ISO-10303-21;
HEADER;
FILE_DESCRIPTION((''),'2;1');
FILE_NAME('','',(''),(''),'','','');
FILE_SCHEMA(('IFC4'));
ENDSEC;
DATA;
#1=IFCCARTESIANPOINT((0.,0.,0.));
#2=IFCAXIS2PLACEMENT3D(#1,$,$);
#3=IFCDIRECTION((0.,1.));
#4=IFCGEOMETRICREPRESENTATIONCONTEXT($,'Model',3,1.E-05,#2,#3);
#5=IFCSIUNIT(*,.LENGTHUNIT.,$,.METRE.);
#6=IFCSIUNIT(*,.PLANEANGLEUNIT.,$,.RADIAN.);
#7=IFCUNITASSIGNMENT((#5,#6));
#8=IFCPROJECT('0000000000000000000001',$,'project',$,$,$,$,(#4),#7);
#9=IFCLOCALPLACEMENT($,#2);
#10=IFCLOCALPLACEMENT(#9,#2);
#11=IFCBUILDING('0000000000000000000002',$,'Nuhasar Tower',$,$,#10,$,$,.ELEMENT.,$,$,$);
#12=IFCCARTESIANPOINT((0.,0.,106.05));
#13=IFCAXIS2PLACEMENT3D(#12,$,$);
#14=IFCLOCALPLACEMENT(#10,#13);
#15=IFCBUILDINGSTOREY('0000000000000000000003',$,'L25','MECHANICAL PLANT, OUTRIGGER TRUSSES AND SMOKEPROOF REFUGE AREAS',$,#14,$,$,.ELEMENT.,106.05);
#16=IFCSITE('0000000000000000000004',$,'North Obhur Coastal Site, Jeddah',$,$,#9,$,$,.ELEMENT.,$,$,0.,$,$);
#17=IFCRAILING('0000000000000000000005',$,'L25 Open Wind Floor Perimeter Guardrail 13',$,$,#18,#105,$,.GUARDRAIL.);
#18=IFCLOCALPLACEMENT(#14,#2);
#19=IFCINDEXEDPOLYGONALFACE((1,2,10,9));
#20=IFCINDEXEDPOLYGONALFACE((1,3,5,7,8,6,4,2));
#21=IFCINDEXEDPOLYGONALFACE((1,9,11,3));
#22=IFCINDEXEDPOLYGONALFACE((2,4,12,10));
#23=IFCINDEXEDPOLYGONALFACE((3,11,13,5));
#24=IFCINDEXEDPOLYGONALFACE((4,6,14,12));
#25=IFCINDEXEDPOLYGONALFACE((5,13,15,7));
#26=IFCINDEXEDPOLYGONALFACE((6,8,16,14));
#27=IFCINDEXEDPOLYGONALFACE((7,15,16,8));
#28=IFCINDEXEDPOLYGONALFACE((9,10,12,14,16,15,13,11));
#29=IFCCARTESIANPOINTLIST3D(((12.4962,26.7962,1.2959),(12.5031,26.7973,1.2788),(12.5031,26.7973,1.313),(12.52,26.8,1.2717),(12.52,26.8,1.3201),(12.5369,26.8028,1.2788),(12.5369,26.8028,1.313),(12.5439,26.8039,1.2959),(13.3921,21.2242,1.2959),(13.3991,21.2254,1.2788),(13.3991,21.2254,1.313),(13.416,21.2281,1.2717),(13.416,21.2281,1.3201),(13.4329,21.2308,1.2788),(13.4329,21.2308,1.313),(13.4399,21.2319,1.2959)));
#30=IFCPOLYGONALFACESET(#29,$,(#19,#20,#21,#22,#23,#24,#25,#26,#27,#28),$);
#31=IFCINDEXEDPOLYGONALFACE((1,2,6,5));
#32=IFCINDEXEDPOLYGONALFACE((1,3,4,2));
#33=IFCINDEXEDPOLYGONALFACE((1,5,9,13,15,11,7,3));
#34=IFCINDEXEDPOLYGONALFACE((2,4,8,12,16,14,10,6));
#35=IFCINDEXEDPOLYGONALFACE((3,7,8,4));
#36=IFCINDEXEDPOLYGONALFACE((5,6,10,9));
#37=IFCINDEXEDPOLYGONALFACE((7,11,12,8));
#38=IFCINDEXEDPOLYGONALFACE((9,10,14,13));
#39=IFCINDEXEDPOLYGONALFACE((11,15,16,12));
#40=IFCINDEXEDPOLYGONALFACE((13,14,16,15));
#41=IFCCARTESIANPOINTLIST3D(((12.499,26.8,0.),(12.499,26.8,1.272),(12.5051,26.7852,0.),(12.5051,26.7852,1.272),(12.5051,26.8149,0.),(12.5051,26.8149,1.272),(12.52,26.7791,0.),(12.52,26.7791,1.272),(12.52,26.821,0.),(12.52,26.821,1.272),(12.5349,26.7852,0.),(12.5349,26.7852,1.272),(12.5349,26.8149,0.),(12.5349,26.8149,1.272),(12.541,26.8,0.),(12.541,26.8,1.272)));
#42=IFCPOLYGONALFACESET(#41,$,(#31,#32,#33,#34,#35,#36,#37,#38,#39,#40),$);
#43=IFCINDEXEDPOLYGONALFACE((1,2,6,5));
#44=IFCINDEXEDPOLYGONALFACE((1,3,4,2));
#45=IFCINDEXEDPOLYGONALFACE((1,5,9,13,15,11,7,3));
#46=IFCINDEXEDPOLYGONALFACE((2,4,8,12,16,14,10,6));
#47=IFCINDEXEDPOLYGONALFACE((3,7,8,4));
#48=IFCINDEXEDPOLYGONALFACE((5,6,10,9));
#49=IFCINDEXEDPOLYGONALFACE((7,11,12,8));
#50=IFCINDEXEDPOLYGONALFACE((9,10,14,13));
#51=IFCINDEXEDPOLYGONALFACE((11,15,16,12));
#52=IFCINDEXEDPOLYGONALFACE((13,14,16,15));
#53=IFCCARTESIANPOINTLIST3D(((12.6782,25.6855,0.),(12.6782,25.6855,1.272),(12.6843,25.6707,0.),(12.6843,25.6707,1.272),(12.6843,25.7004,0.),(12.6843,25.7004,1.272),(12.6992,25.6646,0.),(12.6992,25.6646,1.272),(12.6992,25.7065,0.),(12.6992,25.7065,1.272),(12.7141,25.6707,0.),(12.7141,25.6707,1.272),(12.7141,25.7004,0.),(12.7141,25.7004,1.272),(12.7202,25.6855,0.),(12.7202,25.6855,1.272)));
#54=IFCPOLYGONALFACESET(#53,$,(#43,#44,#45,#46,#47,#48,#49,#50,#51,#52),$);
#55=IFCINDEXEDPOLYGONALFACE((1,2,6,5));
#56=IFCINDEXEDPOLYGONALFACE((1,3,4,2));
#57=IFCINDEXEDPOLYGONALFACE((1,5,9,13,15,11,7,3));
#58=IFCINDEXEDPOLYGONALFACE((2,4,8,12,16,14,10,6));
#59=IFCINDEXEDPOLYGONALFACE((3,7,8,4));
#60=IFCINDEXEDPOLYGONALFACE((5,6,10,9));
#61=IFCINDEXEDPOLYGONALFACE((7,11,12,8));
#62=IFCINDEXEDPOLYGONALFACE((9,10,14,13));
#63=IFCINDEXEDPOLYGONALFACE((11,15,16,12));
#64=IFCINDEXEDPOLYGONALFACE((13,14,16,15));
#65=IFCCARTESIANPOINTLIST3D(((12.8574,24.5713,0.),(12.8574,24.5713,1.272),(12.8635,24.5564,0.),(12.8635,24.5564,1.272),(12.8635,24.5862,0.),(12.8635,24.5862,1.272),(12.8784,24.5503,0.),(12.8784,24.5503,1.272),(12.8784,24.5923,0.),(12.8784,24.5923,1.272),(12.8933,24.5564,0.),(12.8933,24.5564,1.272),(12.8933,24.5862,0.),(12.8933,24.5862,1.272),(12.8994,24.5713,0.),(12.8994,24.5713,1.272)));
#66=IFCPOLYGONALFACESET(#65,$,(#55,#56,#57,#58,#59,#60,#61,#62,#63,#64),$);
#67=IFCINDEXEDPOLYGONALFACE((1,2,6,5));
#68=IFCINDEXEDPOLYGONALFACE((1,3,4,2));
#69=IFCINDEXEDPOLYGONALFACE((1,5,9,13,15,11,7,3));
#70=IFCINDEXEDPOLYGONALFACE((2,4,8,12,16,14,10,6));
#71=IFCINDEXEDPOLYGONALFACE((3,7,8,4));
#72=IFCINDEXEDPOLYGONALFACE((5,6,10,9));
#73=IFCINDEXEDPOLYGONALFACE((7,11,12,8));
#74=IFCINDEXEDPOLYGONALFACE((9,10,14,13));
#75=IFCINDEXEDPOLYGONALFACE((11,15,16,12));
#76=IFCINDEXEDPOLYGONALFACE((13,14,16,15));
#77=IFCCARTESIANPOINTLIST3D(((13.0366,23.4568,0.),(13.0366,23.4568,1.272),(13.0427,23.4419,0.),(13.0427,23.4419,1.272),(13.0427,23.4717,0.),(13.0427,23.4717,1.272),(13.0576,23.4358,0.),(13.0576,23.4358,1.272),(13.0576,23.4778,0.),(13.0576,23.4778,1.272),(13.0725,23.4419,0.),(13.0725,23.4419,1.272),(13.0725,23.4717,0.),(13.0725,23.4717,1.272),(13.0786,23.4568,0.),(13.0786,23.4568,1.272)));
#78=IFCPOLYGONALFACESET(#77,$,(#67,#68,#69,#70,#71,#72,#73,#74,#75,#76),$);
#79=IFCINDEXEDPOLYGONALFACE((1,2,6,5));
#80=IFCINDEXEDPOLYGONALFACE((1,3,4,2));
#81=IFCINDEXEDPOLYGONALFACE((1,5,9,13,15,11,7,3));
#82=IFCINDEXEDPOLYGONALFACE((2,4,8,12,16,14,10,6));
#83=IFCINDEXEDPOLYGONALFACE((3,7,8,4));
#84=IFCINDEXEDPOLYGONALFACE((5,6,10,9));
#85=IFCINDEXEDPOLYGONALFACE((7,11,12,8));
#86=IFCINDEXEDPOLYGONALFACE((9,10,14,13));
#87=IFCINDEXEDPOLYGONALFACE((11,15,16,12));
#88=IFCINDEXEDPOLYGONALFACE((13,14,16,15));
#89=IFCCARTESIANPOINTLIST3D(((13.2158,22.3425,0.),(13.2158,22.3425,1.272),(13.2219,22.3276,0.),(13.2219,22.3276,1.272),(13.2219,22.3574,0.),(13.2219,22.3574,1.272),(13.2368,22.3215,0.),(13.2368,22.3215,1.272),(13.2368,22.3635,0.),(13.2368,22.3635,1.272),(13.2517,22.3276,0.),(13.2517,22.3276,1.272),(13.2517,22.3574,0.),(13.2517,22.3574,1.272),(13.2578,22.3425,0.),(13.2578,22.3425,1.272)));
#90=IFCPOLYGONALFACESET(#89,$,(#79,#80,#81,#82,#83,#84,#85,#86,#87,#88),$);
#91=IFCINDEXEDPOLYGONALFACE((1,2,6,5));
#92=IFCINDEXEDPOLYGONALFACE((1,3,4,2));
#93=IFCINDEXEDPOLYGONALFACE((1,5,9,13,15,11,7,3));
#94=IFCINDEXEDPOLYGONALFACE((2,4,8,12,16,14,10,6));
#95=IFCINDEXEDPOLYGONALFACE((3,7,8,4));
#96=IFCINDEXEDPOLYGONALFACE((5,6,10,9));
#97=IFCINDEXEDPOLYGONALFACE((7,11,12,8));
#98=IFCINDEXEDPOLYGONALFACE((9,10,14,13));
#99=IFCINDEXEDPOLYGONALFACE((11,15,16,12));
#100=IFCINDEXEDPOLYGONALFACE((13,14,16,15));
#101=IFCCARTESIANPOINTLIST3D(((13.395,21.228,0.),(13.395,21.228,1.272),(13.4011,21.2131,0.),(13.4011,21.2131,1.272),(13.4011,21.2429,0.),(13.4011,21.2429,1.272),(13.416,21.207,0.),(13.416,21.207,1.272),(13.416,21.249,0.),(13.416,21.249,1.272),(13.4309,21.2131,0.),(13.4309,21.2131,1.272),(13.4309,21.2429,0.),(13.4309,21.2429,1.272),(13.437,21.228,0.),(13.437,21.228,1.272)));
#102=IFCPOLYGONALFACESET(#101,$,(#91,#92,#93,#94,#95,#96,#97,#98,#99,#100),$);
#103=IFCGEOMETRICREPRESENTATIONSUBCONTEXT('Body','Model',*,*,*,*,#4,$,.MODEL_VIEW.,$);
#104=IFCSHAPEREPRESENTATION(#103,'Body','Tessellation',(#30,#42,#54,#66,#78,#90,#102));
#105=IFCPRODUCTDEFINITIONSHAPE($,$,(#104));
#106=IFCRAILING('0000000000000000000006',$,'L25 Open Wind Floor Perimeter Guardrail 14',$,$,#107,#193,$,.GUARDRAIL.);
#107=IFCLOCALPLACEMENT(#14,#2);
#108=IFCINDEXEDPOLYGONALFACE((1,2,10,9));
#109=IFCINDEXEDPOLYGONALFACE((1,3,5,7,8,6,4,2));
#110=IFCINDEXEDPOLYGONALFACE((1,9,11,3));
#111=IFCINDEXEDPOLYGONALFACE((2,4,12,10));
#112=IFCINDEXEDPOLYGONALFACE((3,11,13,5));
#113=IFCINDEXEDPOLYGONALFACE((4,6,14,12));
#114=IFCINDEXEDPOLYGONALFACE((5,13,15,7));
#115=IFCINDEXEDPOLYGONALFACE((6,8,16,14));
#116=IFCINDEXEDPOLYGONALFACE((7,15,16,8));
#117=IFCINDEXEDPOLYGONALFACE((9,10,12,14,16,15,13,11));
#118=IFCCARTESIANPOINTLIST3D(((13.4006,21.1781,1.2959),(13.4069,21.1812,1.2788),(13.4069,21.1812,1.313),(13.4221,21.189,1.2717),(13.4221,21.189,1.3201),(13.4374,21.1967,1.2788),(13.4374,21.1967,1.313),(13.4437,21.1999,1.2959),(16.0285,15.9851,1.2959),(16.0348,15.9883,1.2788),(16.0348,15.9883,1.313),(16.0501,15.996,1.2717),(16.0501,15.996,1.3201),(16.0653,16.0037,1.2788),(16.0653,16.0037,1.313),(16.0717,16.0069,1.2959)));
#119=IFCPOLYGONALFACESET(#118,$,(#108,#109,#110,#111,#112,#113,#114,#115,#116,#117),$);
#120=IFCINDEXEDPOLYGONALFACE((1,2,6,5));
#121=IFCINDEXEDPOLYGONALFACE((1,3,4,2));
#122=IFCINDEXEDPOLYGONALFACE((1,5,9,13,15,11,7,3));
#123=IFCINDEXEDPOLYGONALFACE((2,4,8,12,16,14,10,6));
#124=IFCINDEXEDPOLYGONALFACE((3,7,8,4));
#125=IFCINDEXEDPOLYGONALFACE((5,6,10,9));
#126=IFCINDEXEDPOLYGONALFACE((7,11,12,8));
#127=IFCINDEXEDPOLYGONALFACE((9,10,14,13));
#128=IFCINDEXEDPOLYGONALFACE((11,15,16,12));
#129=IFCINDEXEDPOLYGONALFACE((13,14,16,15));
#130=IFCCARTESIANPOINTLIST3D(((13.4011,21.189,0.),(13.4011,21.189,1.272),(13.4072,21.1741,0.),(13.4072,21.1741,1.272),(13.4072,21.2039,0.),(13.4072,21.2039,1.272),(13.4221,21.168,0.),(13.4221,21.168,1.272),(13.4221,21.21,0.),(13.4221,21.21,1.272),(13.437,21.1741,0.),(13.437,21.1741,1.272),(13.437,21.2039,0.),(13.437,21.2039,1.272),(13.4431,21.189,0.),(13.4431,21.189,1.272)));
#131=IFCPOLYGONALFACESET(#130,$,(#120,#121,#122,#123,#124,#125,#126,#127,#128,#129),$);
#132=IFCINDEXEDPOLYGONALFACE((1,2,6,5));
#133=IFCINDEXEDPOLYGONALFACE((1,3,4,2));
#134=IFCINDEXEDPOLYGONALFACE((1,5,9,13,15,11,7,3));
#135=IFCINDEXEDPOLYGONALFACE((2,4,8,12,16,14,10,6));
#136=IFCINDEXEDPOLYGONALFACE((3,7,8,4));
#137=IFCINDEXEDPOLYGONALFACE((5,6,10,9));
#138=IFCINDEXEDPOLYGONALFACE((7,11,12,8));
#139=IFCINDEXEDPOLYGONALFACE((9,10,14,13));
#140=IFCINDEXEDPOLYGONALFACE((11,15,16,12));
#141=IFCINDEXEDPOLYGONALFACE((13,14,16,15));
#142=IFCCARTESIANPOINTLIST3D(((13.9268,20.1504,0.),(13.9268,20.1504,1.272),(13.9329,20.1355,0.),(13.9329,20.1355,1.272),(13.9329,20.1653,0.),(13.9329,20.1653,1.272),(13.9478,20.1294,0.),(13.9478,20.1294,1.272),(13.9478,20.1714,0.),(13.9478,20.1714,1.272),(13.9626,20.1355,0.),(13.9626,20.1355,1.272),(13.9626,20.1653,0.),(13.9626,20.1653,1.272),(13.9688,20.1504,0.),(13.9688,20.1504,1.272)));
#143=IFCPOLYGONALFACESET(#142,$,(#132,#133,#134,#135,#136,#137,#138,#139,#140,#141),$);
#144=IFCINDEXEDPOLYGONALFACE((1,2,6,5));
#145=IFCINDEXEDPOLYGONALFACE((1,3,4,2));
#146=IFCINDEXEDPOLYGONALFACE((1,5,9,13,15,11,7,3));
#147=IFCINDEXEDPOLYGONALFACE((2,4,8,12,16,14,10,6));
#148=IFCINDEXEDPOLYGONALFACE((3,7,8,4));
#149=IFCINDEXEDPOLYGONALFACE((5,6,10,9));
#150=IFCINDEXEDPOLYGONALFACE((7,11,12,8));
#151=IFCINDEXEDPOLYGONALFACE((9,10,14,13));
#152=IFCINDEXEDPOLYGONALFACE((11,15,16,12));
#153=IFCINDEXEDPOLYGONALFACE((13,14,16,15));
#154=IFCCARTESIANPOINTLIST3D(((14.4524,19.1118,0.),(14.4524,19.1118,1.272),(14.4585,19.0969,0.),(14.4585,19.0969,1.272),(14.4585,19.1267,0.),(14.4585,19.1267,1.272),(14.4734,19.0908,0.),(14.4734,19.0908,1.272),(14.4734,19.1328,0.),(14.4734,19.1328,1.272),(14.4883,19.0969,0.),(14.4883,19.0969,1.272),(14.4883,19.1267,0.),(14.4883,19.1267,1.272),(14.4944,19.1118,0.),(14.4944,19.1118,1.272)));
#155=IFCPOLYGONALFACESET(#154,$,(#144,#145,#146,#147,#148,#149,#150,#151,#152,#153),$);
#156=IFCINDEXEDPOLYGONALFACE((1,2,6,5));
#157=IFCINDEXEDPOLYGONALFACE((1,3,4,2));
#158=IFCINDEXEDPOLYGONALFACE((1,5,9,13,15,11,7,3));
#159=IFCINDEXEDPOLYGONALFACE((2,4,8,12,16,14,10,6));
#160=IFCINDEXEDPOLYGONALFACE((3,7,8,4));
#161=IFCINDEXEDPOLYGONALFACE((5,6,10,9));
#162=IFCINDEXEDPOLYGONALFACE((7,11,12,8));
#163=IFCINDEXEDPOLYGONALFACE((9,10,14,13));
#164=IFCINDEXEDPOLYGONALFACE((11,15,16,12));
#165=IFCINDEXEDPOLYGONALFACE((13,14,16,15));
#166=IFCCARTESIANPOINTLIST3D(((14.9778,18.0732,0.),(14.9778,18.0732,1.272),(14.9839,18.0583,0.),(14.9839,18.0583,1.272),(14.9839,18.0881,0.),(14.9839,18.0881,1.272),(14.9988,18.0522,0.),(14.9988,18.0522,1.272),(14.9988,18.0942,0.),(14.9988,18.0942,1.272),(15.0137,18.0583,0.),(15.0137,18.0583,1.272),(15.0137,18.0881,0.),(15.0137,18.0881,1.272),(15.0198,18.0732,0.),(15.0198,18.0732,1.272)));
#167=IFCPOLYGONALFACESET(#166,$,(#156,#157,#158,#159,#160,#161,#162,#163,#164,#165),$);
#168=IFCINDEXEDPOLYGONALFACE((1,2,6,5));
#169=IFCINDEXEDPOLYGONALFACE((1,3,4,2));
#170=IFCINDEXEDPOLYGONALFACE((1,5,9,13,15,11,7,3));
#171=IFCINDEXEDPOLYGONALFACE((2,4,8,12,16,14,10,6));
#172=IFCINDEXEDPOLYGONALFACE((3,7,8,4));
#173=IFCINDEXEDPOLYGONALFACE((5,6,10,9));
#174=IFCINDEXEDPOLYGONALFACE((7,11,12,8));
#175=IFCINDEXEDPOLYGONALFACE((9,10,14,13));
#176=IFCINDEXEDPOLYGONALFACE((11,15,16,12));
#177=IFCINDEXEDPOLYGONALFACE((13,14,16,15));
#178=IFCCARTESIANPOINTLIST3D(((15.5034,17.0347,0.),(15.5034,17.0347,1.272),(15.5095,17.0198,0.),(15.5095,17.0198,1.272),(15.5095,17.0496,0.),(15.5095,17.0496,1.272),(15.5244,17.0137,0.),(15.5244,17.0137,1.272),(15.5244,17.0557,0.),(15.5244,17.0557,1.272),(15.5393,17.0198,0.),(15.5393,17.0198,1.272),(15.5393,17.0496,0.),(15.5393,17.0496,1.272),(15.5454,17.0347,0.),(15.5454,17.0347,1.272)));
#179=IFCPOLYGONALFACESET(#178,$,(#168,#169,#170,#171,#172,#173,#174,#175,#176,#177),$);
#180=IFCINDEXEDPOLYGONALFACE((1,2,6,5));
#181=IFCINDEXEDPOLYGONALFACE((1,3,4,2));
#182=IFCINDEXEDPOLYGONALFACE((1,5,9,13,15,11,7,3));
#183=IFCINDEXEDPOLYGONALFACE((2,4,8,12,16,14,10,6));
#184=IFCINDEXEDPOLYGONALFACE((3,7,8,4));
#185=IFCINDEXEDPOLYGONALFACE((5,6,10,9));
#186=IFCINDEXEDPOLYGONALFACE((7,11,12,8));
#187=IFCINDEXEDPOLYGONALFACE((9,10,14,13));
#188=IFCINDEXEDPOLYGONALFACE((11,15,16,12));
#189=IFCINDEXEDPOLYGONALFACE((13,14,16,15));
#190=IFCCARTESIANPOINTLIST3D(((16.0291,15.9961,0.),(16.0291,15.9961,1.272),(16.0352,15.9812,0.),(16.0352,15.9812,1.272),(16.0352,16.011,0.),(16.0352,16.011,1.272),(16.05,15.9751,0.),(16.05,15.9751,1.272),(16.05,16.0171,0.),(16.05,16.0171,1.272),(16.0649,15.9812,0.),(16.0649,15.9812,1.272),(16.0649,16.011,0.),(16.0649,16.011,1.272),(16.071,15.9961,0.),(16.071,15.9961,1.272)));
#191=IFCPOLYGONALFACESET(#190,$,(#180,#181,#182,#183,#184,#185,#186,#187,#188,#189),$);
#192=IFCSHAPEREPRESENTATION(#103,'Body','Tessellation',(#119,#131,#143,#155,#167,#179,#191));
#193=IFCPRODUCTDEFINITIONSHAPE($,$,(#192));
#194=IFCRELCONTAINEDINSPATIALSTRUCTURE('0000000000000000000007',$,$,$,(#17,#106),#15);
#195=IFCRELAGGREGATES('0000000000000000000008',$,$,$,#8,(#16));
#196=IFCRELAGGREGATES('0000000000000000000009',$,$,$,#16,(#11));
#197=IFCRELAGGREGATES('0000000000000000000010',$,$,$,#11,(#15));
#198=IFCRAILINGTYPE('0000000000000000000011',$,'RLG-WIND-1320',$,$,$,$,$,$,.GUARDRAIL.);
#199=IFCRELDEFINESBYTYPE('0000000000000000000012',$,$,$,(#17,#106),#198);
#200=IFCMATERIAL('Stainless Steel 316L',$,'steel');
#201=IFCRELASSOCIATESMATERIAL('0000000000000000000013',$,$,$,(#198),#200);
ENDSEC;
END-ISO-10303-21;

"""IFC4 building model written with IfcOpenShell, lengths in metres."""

from ifc_helpers import new_model, si_unit, direction, frame, origin, place, context, subcontext, project, spatial, polyline, outline, extrude, material, type_object, element, save


model = new_model("IFC4")

# Units and contexts
model_context = context("Model", 3, precision=1e-05, world=origin(), true_north=direction((0.0, 1.0)))
body_context = subcontext(model_context, "Body", "Model", "MODEL_VIEW")
ifc_project = project(units=[si_unit("LENGTHUNIT", "METRE"), si_unit("PLANEANGLEUNIT", "RADIAN")], contexts=[model_context])

# Site, building, storey
site_placement = place(None, origin())
site = spatial("IfcSite", under=ifc_project, at=site_placement, Name="North Obhur Coastal Site, Jeddah", CompositionType="ELEMENT", RefElevation=0.0)
building_placement = place(site_placement, origin())
building = spatial("IfcBuilding", under=site, at=building_placement, Name="Nuhasar Tower", CompositionType="ELEMENT")
storey_placement = place(building_placement, frame((0.0, 0.0, 106.05)))
storey = spatial("IfcBuildingStorey", under=building, at=storey_placement, Name="L25", Description="MECHANICAL PLANT, OUTRIGGER TRUSSES AND SMOKEPROOF REFUGE AREAS", CompositionType="ELEMENT", Elevation=106.05)

# Railings
ifc_material_1 = material(Name="Stainless Steel 316L", Category="steel")
railing_type = type_object("IfcRailingType", Name="RLG-WIND-1320", PredefinedType="GUARDRAIL", material=ifc_material_1)
railing_1_placement = place(storey_placement, frame((12.52, 26.8, 0.0)))
element("IfcRailing", 1, at=railing_1_placement, inside=storey, type_object=railing_type, Name="L25 Open Wind Floor Perimeter Guardrail 13", PredefinedType="GUARDRAIL", context=body_context, shape_type="SweptSolid", body=[
    extrude(outline(polyline([(0.0242, 0.0), (0.0171, 0.0171), (0.0, 0.0242), (-0.0171, 0.0171), (-0.0242, 0.0), (-0.0171, -0.0171), (0.0, -0.0242), (0.0171, -0.0171), (0.0242, 0.0)])), frame((0.0, 0.0, 1.2959), z_axis=(0.158763, -0.987317, 0.0), x_axis=(0.987317, 0.158763, 0.0)), (0.0, 0.0, 1.0), 5.6436),
    extrude(outline(polyline([(0.021, 0.0), (0.0149, 0.0149), (0.0, 0.021), (-0.0149, 0.0149), (-0.021, 0.0), (-0.0149, -0.0149), (0.0, -0.021), (0.0149, -0.0149), (0.021, 0.0)])), origin(), (0.0, 0.0, 1.0), 1.272),
    extrude(outline(polyline([(0.021, 0.0), (0.0149, 0.0149), (0.0, 0.021), (-0.0149, 0.0149), (-0.021, 0.0), (-0.0149, -0.0149), (0.0, -0.021), (0.0149, -0.0149), (0.021, 0.0)])), frame((0.1792, -1.1145, 0.0)), (0.0, 0.0, 1.0), 1.272),
    extrude(outline(polyline([(0.021, 0.0), (0.0149, 0.0149), (0.0, 0.021), (-0.0149, 0.0149), (-0.021, 0.0), (-0.0149, -0.0149), (0.0, -0.021), (0.0149, -0.0149), (0.021, 0.0)])), frame((0.3584, -2.2288, 0.0)), (0.0, 0.0, 1.0), 1.272),
    extrude(outline(polyline([(0.021, 0.0), (0.0149, 0.0149), (0.0, 0.021), (-0.0149, 0.0149), (-0.021, 0.0), (-0.0149, -0.0149), (0.0, -0.021), (0.0149, -0.0149), (0.021, 0.0)])), frame((0.5376, -3.3433, 0.0)), (0.0, 0.0, 1.0), 1.272),
    extrude(outline(polyline([(0.021, 0.0), (0.0149, 0.0149), (0.0, 0.021), (-0.0149, 0.0149), (-0.021, 0.0), (-0.0149, -0.0149), (0.0, -0.021), (0.0149, -0.0149), (0.021, 0.0)])), frame((0.7168, -4.4575, 0.0)), (0.0, 0.0, 1.0), 1.272),
    extrude(outline(polyline([(0.021, 0.0), (0.0149, 0.0149), (0.0, 0.021), (-0.0149, 0.0149), (-0.021, 0.0), (-0.0149, -0.0149), (0.0, -0.021), (0.0149, -0.0149), (0.021, 0.0)])), frame((0.896, -5.572, 0.0)), (0.0, 0.0, 1.0), 1.272),
])
railing_2_placement = place(storey_placement, frame((13.4221, 21.189, 0.0)))
element("IfcRailing", 2, at=railing_2_placement, inside=storey, type_object=railing_type, Name="L25 Open Wind Floor Perimeter Guardrail 14", PredefinedType="GUARDRAIL", context=body_context, shape_type="SweptSolid", body=[
    extrude(outline(polyline([(0.0242, 0.0), (0.0171, 0.0171), (0.0, 0.0242), (-0.0171, 0.0171), (-0.0242, 0.0), (-0.0171, -0.0171), (0.0, -0.0242), (0.0171, -0.0171), (0.0242, 0.0)])), frame((0.0, 0.0, 1.2959), z_axis=(0.451537, -0.892252, 0.0), x_axis=(0.892252, 0.451537, 0.0)), (0.0, 0.0, 1.0), 5.8201),
    extrude(outline(polyline([(0.021, 0.0), (0.0149, 0.0149), (0.0, 0.021), (-0.0149, 0.0149), (-0.021, 0.0), (-0.0149, -0.0149), (0.0, -0.021), (0.0149, -0.0149), (0.021, 0.0)])), origin(), (0.0, 0.0, 1.0), 1.272),
    extrude(outline(polyline([(0.021, 0.0), (0.0149, 0.0149), (0.0, 0.021), (-0.0149, 0.0149), (-0.021, 0.0), (-0.0149, -0.0149), (0.0, -0.021), (0.0149, -0.0149), (0.021, 0.0)])), frame((0.5256, -1.0386, 0.0)), (0.0, 0.0, 1.0), 1.272),
    extrude(outline(polyline([(0.021, 0.0), (0.0149, 0.0149), (0.0, 0.021), (-0.0149, 0.0149), (-0.021, 0.0), (-0.0149, -0.0149), (0.0, -0.021), (0.0149, -0.0149), (0.021, 0.0)])), frame((1.0513, -2.0771, 0.0)), (0.0, 0.0, 1.0), 1.272),
    extrude(outline(polyline([(0.021, 0.0), (0.0149, 0.0149), (0.0, 0.021), (-0.0149, 0.0149), (-0.021, 0.0), (-0.0149, -0.0149), (0.0, -0.021), (0.0149, -0.0149), (0.021, 0.0)])), frame((1.5767, -3.1157, 0.0)), (0.0, 0.0, 1.0), 1.272),
    extrude(outline(polyline([(0.021, 0.0), (0.0149, 0.0149), (0.0, 0.021), (-0.0149, 0.0149), (-0.021, 0.0), (-0.0149, -0.0149), (0.0, -0.021), (0.0149, -0.0149), (0.021, 0.0)])), frame((2.1023, -4.1543, 0.0)), (0.0, 0.0, 1.0), 1.272),
    extrude(outline(polyline([(0.021, 0.0), (0.0149, 0.0149), (0.0, 0.021), (-0.0149, 0.0149), (-0.021, 0.0), (-0.0149, -0.0149), (0.0, -0.021), (0.0149, -0.0149), (0.021, 0.0)])), frame((2.6279, -5.1929, 0.0)), (0.0, 0.0, 1.0), 1.272),
])

save(model, "model.ifc")
